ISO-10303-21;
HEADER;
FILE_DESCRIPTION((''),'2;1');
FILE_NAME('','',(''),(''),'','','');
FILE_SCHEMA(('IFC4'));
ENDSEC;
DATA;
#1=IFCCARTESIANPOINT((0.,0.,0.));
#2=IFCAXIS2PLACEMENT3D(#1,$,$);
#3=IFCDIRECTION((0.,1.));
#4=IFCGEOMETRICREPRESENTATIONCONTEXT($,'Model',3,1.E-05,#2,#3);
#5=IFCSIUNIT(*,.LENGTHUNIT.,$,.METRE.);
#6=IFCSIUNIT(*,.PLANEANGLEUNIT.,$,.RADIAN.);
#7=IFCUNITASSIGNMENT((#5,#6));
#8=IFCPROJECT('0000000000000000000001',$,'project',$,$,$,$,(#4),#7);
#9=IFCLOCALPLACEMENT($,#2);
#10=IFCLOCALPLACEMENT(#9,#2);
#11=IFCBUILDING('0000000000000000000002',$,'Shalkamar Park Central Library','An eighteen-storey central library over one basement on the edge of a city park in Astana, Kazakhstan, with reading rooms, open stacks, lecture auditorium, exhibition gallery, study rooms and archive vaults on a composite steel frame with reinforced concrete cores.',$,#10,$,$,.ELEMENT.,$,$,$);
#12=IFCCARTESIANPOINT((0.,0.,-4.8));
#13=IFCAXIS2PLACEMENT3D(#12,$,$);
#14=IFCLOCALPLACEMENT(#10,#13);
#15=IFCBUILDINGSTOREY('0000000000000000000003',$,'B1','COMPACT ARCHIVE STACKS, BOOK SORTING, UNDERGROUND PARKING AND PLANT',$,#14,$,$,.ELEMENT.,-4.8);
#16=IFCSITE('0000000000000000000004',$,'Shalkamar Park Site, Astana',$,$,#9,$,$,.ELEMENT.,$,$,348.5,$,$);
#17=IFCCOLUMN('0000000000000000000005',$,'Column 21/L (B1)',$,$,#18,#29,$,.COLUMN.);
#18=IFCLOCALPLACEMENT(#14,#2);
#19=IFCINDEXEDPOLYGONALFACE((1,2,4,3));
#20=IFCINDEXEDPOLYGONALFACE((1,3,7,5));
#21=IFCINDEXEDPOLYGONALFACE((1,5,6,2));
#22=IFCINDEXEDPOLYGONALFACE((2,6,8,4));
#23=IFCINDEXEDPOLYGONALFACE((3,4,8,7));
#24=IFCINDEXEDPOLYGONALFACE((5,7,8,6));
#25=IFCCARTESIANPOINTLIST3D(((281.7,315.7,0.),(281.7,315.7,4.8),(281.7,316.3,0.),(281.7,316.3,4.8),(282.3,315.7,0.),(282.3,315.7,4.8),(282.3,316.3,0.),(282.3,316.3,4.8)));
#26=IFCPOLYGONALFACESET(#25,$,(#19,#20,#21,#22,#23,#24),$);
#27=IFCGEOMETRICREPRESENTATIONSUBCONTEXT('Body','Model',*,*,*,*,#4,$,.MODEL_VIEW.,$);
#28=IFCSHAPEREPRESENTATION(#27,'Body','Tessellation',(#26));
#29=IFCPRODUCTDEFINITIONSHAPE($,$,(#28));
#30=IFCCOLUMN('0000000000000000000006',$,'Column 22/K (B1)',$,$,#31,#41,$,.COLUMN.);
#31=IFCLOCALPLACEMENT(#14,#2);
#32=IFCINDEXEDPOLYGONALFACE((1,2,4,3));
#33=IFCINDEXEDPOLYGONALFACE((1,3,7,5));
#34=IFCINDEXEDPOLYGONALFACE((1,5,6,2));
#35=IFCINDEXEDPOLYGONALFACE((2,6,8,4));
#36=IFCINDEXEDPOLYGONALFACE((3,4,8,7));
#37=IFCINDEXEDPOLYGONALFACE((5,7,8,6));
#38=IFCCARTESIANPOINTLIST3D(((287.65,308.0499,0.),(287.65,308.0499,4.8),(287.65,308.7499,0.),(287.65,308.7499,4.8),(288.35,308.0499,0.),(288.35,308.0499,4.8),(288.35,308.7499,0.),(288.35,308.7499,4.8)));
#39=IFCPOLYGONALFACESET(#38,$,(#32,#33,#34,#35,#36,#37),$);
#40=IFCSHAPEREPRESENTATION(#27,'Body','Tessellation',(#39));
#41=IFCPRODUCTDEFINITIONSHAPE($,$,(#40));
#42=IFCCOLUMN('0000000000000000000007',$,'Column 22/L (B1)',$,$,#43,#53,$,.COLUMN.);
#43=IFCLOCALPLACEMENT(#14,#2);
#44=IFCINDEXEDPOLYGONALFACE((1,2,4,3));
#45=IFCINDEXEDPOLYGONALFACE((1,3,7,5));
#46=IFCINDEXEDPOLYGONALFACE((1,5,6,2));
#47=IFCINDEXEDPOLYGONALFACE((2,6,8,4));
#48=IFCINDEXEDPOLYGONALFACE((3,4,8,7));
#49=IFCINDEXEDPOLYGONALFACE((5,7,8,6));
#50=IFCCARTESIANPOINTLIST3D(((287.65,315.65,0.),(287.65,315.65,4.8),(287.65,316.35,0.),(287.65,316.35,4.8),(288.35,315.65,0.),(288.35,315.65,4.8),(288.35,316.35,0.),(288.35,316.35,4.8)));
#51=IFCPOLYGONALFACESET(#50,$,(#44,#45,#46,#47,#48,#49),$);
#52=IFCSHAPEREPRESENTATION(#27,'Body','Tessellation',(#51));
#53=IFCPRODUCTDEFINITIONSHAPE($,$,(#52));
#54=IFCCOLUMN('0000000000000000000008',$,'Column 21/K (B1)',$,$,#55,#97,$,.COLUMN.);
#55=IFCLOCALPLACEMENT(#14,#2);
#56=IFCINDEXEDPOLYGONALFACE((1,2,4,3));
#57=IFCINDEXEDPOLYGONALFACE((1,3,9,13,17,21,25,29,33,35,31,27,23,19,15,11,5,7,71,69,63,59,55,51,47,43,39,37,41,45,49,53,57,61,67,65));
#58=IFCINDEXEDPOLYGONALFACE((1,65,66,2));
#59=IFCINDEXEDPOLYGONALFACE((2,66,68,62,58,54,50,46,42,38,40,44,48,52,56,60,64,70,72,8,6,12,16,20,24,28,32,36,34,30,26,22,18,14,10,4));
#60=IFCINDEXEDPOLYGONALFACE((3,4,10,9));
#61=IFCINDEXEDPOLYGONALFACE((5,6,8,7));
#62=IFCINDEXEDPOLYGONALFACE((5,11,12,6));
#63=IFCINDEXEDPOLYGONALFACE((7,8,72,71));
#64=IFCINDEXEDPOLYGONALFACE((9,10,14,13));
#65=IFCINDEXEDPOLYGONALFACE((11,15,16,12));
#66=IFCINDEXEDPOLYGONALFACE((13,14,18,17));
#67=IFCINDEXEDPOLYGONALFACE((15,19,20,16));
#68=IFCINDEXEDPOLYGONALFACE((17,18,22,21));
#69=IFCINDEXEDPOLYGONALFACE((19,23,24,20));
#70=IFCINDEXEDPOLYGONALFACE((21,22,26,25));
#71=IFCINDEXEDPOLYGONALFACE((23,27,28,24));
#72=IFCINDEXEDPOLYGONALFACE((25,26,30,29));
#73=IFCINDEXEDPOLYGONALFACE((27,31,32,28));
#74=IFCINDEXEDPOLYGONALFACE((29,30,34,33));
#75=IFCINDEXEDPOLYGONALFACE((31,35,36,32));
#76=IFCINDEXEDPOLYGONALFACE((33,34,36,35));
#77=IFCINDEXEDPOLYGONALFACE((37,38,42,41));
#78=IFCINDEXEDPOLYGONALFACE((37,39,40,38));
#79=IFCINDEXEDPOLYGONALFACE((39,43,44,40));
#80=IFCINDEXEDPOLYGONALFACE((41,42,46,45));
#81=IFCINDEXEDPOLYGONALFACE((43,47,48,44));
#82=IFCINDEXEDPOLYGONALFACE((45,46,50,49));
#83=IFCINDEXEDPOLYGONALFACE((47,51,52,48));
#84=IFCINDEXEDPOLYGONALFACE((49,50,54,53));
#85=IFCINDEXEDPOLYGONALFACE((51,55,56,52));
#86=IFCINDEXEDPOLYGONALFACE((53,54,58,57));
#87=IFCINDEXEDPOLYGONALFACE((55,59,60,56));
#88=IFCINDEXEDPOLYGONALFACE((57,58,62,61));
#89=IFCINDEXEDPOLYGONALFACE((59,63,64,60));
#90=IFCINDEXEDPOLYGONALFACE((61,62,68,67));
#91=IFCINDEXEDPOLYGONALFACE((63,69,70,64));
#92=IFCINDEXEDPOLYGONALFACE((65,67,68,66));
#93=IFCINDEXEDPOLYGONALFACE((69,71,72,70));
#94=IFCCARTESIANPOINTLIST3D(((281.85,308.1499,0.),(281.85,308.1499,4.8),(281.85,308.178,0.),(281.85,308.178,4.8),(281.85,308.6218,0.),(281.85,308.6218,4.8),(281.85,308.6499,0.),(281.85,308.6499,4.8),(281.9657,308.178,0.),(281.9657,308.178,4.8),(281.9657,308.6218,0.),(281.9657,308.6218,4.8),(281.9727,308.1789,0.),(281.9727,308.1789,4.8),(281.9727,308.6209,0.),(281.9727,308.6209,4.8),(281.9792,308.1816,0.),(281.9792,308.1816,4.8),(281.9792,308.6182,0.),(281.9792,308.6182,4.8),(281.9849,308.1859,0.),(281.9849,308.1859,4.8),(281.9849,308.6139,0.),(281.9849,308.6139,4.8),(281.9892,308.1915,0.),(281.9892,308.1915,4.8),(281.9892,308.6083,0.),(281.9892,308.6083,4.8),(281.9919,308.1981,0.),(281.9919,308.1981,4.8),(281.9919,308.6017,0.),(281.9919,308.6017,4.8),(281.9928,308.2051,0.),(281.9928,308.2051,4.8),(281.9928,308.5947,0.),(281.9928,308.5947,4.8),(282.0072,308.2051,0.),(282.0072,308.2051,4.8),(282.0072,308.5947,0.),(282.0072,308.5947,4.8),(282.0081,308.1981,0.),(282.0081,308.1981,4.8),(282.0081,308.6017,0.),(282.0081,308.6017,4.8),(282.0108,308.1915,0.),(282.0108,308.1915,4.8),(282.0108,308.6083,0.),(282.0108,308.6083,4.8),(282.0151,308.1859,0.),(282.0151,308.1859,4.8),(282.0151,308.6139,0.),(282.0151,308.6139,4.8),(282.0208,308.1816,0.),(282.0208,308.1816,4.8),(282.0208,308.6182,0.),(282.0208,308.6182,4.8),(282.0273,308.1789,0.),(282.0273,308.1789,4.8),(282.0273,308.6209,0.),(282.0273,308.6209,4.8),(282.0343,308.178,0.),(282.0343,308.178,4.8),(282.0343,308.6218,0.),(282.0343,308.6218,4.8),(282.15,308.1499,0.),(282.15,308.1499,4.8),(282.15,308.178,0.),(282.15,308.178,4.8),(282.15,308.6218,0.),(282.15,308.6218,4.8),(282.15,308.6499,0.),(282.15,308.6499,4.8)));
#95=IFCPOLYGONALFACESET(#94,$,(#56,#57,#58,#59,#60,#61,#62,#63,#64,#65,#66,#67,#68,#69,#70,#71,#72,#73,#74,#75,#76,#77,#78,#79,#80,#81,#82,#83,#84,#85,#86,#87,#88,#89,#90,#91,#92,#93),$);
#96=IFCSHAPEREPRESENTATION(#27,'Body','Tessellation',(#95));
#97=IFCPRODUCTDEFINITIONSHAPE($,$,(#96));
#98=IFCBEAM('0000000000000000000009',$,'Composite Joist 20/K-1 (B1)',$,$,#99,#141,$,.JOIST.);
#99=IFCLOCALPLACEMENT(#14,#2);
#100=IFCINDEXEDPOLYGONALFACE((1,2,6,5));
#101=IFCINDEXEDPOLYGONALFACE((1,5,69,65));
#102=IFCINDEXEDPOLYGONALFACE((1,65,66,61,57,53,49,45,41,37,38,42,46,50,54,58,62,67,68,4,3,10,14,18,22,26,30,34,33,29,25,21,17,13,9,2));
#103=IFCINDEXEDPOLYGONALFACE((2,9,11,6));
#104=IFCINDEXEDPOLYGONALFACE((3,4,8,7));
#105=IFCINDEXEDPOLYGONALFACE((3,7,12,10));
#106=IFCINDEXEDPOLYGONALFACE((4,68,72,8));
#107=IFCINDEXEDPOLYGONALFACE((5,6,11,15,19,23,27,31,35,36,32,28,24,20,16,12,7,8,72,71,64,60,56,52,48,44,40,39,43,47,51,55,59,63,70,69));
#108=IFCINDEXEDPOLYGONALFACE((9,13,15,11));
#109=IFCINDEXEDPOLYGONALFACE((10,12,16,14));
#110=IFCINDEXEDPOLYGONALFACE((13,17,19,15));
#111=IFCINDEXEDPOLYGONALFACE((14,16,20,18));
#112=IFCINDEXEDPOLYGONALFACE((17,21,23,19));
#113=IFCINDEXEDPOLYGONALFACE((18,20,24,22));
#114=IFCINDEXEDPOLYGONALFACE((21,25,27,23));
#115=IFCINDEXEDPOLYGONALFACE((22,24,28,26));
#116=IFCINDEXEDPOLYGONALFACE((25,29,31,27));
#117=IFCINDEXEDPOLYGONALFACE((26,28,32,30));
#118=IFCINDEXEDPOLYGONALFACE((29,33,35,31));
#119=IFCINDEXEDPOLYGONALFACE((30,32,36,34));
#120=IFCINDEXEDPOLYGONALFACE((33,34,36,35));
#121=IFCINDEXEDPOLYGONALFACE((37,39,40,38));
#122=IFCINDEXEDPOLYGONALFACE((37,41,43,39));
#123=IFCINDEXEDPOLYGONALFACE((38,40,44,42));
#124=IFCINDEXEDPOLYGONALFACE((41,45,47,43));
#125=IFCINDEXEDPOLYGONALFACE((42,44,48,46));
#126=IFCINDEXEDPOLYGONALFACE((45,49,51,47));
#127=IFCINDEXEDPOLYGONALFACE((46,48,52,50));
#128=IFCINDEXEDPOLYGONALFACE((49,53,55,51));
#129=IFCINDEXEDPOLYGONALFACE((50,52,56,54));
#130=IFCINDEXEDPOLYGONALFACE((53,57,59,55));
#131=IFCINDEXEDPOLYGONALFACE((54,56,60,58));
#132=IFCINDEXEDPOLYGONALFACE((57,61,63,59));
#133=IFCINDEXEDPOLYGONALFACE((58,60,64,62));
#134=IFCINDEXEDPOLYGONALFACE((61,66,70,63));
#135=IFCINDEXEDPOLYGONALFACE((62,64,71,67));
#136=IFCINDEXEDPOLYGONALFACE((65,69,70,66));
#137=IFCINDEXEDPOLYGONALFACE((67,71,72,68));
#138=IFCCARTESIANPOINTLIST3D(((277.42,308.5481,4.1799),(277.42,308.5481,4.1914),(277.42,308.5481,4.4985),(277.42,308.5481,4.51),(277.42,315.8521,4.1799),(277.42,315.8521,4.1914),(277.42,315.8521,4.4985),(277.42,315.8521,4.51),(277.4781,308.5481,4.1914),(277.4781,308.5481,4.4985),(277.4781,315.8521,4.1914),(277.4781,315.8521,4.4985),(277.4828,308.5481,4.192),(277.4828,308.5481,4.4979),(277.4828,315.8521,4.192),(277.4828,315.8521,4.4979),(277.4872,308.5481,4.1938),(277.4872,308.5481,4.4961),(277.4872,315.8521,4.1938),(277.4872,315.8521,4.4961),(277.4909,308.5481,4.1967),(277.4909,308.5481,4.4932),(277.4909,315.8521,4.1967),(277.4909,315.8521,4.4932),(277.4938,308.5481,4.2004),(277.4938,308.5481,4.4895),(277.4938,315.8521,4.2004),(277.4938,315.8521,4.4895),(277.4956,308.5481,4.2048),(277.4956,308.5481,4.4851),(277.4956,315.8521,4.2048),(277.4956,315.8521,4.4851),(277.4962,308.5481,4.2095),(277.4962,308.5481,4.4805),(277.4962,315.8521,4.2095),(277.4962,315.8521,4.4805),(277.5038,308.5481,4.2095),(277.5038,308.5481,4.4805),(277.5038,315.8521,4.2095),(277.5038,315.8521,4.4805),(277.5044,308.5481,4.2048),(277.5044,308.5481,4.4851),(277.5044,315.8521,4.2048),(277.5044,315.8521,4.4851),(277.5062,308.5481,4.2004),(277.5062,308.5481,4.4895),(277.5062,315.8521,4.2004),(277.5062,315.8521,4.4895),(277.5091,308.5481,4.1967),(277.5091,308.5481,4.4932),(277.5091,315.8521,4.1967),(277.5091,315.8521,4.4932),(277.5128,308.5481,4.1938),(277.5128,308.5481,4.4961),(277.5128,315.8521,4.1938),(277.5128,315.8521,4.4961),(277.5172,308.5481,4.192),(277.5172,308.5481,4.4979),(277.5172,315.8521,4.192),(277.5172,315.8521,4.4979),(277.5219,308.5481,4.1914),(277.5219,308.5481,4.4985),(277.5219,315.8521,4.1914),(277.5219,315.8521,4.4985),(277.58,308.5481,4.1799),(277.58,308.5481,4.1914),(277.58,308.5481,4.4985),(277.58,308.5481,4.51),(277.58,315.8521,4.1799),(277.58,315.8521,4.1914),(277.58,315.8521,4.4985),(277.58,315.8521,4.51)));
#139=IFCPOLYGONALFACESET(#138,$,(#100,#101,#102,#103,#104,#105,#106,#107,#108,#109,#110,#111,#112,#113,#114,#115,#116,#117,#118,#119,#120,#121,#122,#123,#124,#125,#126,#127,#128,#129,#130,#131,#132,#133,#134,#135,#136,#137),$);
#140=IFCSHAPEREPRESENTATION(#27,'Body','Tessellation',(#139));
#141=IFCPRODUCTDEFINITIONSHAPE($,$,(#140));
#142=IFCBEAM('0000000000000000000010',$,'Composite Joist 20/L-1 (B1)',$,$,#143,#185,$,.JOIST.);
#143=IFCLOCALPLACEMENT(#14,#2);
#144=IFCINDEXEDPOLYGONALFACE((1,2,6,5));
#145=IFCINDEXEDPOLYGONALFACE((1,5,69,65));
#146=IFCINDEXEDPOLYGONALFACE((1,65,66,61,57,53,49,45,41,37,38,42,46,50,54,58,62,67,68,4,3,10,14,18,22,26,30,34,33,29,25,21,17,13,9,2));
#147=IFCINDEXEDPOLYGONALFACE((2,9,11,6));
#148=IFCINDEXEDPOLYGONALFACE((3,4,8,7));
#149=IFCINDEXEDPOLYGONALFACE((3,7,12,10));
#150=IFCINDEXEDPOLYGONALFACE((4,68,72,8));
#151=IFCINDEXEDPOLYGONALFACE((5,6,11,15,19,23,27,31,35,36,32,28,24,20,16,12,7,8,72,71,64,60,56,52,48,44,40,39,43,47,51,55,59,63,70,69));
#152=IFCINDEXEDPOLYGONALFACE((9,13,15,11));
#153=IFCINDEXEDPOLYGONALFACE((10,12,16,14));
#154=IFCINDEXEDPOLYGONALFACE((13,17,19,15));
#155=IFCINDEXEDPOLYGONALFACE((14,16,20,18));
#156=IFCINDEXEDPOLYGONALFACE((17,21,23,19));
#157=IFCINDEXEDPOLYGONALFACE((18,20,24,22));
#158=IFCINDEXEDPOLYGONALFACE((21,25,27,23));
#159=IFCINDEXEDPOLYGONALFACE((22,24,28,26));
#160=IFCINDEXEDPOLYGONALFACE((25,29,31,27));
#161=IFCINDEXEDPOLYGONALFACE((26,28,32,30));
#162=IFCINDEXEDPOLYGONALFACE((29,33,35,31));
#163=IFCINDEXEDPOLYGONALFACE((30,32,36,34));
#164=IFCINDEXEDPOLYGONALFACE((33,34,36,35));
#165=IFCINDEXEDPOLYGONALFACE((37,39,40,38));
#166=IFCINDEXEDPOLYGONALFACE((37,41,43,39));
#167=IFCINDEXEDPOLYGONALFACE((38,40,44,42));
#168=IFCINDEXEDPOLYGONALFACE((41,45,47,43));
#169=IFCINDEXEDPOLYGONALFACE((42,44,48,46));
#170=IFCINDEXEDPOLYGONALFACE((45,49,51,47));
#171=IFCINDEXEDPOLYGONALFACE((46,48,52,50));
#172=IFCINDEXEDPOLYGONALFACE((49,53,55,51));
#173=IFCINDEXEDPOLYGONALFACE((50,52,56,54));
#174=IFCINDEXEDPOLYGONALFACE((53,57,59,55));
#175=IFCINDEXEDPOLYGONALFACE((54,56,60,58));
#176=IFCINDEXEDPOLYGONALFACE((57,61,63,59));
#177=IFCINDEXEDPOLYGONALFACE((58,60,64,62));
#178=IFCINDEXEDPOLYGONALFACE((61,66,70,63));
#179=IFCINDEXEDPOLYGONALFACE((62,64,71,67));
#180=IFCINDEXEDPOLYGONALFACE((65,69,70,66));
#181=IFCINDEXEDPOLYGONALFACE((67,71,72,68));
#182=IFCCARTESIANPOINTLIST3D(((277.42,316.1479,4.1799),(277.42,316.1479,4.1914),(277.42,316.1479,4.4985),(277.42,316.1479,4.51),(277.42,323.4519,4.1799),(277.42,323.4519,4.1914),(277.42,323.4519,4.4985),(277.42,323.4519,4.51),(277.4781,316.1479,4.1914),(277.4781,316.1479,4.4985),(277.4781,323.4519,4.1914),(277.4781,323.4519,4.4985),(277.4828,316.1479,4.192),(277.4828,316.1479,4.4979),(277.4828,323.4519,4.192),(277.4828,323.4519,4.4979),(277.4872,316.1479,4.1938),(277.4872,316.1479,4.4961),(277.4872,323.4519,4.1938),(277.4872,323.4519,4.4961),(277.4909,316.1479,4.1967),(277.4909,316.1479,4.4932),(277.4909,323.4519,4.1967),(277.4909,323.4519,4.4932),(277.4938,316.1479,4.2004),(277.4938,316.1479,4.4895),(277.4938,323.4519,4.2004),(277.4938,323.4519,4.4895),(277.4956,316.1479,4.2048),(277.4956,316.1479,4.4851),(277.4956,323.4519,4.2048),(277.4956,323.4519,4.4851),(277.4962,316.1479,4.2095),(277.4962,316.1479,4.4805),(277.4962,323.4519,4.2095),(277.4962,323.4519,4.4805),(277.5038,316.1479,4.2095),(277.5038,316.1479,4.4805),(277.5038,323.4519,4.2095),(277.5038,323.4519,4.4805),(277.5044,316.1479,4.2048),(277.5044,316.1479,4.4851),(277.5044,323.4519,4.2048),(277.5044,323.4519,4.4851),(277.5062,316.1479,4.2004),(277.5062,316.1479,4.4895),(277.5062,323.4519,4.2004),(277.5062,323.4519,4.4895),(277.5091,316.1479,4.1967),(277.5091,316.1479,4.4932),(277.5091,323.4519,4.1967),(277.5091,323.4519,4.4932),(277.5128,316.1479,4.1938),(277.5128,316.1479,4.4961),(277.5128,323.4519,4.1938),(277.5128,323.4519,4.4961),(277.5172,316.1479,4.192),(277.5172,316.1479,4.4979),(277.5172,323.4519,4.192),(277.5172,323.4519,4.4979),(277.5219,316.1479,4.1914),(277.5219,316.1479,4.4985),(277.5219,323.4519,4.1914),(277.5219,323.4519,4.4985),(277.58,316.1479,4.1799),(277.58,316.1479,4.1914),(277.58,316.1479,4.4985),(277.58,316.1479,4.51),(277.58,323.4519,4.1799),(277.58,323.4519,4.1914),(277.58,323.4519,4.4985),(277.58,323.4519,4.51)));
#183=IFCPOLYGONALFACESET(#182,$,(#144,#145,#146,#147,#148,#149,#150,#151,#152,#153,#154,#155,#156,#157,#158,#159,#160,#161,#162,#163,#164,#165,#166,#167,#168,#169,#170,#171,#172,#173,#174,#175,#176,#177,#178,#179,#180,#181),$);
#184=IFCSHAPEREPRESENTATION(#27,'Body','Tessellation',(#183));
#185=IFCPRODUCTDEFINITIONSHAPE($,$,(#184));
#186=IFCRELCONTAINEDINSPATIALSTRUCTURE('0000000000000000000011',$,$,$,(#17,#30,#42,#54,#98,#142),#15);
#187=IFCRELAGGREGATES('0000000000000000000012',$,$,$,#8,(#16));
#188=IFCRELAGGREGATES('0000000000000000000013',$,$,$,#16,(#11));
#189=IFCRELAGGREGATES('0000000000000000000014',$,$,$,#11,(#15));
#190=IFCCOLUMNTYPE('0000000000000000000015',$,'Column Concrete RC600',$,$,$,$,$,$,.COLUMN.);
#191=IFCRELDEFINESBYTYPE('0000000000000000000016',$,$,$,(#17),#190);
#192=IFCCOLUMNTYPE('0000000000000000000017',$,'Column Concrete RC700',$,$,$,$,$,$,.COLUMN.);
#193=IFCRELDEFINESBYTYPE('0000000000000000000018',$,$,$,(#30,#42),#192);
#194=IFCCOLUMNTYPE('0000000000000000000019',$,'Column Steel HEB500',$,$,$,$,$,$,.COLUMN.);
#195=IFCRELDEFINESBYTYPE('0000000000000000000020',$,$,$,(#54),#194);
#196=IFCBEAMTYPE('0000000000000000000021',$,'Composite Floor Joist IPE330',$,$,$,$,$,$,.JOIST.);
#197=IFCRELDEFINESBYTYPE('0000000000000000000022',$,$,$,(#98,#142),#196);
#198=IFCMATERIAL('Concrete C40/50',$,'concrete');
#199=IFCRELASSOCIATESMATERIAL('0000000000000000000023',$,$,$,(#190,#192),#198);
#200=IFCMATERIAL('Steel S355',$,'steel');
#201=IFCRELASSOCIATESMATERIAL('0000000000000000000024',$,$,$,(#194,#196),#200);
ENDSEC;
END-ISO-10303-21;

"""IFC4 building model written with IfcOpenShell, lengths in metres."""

from ifc_helpers import new_model, si_unit, direction, frame, origin, origin_2d, place, context, subcontext, project, spatial, rectangle, i_section, extrude, material, material_profile, profile_set, type_object, element, save


model = new_model("IFC4")

# Units and contexts
model_context = context("Model", 3, precision=1e-05, world=origin(), true_north=direction((0.0, 1.0)))
body_context = subcontext(model_context, "Body", "Model", "MODEL_VIEW")
ifc_project = project(units=[si_unit("LENGTHUNIT", "METRE"), si_unit("PLANEANGLEUNIT", "RADIAN")], contexts=[model_context])

# Site, building, storey
site_placement = place(None, origin())
site = spatial("IfcSite", under=ifc_project, at=site_placement, Name="Shalkamar Park Site, Astana", CompositionType="ELEMENT", RefElevation=348.5)
building_placement = place(site_placement, origin())
building = spatial("IfcBuilding", under=site, at=building_placement, Name="Shalkamar Park Central Library", Description="An eighteen-storey central library over one basement on the edge of a city park in Astana, Kazakhstan, with reading rooms, open stacks, lecture auditorium, exhibition gallery, study rooms and archive vaults on a composite steel frame with reinforced concrete cores.", CompositionType="ELEMENT")
storey_placement = place(building_placement, frame((0.0, 0.0, -4.8)))
storey = spatial("IfcBuildingStorey", under=building, at=storey_placement, Name="B1", Description="COMPACT ARCHIVE STACKS, BOOK SORTING, UNDERGROUND PARKING AND PLANT", CompositionType="ELEMENT", Elevation=-4.8)

# Columns
ifc_material_1 = material(Name="Concrete C40/50", Category="concrete")
ifc_material_profile_1 = material_profile(ifc_material_1, rectangle(XDim=0.6001, YDim=0.6001, at=origin_2d()), Name="RC 600x600")
ifc_profile_set_1 = profile_set([ifc_material_profile_1], Name="Concrete C40/50")
column_type_1 = type_object("IfcColumnType", Name="Column Concrete RC600", PredefinedType="COLUMN", material=ifc_profile_set_1)
column_1_placement = place(storey_placement, frame((282.0, 316.0, 0.0), z_axis=(0.0, 0.0, 1.0), x_axis=(1.0, 0.0, 0.0)))
element("IfcColumn", 1, at=column_1_placement, inside=storey, type_object=column_type_1, Name="Column 21/L (B1)", PredefinedType="COLUMN", context=body_context, shape_type="SweptSolid", body=[
    extrude(rectangle(XDim=0.6001, YDim=0.6001, at=origin_2d()), origin(), (0.0, 0.0, 1.0), 4.8),
])
ifc_material_profile_2 = material_profile(ifc_material_1, rectangle(XDim=0.7, YDim=0.7, at=origin_2d()), Name="RC 700x700")
ifc_profile_set_2 = profile_set([ifc_material_profile_2], Name="Concrete C40/50")
column_type_2 = type_object("IfcColumnType", Name="Column Concrete RC700", PredefinedType="COLUMN", material=ifc_profile_set_2)
for number, where, z_axis, x_axis, name in (
    (2, (288.0, 308.3999, 0.0), (0.0, 0.0, 1.0), (1.0, 0.0, 0.0), "Column 22/K (B1)"),
    (3, (288.0, 316.0, 0.0), (0.0, 0.0, 1.0), (1.0, 0.0, 0.0), "Column 22/L (B1)"),
):
    element("IfcColumn", number, at=place(storey_placement, frame(where, z_axis=z_axis, x_axis=x_axis)), inside=storey, type_object=column_type_2, Name=name, PredefinedType="COLUMN", context=body_context, shape_type="SweptSolid", body=[
        extrude(rectangle(XDim=0.7, YDim=0.7, at=origin_2d()), origin(), (0.0, 0.0, 1.0), 4.8),
    ])
ifc_material_2 = material(Name="Steel S355", Category="steel")
ifc_material_profile_3 = material_profile(ifc_material_2, i_section(OverallWidth=0.3, OverallDepth=0.5, WebThickness=0.0144, FlangeThickness=0.0281, FilletRadius=0.0271, at=origin_2d()), Name="HEB 500")
ifc_profile_set_3 = profile_set([ifc_material_profile_3], Name="Steel S355")
column_type_3 = type_object("IfcColumnType", Name="Column Steel HEB500", PredefinedType="COLUMN", material=ifc_profile_set_3)
column_2_placement = place(storey_placement, frame((282.0, 308.3999, 0.0), z_axis=(0.0, 0.0, 1.0), x_axis=(1.0, 0.0, 0.0)))
element("IfcColumn", 4, at=column_2_placement, inside=storey, type_object=column_type_3, Name="Column 21/K (B1)", PredefinedType="COLUMN", context=body_context, shape_type="SweptSolid", body=[
    extrude(i_section(OverallWidth=0.3, OverallDepth=0.5, WebThickness=0.0144, FlangeThickness=0.0281, FilletRadius=0.0271, at=origin_2d()), origin(), (0.0, 0.0, 1.0), 4.8),
])

# Beams
ifc_material_profile_4 = material_profile(ifc_material_2, i_section(OverallWidth=0.1599, OverallDepth=0.3301, WebThickness=0.0076, FlangeThickness=0.0115, FilletRadius=0.0181, at=origin_2d()), Name="IPE 330")
ifc_profile_set_4 = profile_set([ifc_material_profile_4], Name="Steel S355")
beam_type_1 = type_object("IfcBeamType", Name="Composite Floor Joist IPE330", PredefinedType="JOIST", material=ifc_profile_set_4)
for number, where, z_axis, x_axis, name in (
    (5, (277.5, 308.5481, 4.345), (0.0, 1.0, 0.0), (-1.0, 0.0, 0.0), "Composite Joist 20/K-1 (B1)"),
    (6, (277.5, 316.1479, 4.345), (0.0, 1.0, 0.0), (-1.0, 0.0, 0.0), "Composite Joist 20/L-1 (B1)"),
):
    element("IfcBeam", number, at=place(storey_placement, frame(where, z_axis=z_axis, x_axis=x_axis)), inside=storey, type_object=beam_type_1, Name=name, PredefinedType="JOIST", context=body_context, shape_type="SweptSolid", body=[
        extrude(i_section(OverallWidth=0.1599, OverallDepth=0.3301, WebThickness=0.0076, FlangeThickness=0.0115, FilletRadius=0.0181, at=origin_2d()), origin(), (0.0, 0.0, 1.0), 7.304),
    ])

save(model, "model.ifc")
